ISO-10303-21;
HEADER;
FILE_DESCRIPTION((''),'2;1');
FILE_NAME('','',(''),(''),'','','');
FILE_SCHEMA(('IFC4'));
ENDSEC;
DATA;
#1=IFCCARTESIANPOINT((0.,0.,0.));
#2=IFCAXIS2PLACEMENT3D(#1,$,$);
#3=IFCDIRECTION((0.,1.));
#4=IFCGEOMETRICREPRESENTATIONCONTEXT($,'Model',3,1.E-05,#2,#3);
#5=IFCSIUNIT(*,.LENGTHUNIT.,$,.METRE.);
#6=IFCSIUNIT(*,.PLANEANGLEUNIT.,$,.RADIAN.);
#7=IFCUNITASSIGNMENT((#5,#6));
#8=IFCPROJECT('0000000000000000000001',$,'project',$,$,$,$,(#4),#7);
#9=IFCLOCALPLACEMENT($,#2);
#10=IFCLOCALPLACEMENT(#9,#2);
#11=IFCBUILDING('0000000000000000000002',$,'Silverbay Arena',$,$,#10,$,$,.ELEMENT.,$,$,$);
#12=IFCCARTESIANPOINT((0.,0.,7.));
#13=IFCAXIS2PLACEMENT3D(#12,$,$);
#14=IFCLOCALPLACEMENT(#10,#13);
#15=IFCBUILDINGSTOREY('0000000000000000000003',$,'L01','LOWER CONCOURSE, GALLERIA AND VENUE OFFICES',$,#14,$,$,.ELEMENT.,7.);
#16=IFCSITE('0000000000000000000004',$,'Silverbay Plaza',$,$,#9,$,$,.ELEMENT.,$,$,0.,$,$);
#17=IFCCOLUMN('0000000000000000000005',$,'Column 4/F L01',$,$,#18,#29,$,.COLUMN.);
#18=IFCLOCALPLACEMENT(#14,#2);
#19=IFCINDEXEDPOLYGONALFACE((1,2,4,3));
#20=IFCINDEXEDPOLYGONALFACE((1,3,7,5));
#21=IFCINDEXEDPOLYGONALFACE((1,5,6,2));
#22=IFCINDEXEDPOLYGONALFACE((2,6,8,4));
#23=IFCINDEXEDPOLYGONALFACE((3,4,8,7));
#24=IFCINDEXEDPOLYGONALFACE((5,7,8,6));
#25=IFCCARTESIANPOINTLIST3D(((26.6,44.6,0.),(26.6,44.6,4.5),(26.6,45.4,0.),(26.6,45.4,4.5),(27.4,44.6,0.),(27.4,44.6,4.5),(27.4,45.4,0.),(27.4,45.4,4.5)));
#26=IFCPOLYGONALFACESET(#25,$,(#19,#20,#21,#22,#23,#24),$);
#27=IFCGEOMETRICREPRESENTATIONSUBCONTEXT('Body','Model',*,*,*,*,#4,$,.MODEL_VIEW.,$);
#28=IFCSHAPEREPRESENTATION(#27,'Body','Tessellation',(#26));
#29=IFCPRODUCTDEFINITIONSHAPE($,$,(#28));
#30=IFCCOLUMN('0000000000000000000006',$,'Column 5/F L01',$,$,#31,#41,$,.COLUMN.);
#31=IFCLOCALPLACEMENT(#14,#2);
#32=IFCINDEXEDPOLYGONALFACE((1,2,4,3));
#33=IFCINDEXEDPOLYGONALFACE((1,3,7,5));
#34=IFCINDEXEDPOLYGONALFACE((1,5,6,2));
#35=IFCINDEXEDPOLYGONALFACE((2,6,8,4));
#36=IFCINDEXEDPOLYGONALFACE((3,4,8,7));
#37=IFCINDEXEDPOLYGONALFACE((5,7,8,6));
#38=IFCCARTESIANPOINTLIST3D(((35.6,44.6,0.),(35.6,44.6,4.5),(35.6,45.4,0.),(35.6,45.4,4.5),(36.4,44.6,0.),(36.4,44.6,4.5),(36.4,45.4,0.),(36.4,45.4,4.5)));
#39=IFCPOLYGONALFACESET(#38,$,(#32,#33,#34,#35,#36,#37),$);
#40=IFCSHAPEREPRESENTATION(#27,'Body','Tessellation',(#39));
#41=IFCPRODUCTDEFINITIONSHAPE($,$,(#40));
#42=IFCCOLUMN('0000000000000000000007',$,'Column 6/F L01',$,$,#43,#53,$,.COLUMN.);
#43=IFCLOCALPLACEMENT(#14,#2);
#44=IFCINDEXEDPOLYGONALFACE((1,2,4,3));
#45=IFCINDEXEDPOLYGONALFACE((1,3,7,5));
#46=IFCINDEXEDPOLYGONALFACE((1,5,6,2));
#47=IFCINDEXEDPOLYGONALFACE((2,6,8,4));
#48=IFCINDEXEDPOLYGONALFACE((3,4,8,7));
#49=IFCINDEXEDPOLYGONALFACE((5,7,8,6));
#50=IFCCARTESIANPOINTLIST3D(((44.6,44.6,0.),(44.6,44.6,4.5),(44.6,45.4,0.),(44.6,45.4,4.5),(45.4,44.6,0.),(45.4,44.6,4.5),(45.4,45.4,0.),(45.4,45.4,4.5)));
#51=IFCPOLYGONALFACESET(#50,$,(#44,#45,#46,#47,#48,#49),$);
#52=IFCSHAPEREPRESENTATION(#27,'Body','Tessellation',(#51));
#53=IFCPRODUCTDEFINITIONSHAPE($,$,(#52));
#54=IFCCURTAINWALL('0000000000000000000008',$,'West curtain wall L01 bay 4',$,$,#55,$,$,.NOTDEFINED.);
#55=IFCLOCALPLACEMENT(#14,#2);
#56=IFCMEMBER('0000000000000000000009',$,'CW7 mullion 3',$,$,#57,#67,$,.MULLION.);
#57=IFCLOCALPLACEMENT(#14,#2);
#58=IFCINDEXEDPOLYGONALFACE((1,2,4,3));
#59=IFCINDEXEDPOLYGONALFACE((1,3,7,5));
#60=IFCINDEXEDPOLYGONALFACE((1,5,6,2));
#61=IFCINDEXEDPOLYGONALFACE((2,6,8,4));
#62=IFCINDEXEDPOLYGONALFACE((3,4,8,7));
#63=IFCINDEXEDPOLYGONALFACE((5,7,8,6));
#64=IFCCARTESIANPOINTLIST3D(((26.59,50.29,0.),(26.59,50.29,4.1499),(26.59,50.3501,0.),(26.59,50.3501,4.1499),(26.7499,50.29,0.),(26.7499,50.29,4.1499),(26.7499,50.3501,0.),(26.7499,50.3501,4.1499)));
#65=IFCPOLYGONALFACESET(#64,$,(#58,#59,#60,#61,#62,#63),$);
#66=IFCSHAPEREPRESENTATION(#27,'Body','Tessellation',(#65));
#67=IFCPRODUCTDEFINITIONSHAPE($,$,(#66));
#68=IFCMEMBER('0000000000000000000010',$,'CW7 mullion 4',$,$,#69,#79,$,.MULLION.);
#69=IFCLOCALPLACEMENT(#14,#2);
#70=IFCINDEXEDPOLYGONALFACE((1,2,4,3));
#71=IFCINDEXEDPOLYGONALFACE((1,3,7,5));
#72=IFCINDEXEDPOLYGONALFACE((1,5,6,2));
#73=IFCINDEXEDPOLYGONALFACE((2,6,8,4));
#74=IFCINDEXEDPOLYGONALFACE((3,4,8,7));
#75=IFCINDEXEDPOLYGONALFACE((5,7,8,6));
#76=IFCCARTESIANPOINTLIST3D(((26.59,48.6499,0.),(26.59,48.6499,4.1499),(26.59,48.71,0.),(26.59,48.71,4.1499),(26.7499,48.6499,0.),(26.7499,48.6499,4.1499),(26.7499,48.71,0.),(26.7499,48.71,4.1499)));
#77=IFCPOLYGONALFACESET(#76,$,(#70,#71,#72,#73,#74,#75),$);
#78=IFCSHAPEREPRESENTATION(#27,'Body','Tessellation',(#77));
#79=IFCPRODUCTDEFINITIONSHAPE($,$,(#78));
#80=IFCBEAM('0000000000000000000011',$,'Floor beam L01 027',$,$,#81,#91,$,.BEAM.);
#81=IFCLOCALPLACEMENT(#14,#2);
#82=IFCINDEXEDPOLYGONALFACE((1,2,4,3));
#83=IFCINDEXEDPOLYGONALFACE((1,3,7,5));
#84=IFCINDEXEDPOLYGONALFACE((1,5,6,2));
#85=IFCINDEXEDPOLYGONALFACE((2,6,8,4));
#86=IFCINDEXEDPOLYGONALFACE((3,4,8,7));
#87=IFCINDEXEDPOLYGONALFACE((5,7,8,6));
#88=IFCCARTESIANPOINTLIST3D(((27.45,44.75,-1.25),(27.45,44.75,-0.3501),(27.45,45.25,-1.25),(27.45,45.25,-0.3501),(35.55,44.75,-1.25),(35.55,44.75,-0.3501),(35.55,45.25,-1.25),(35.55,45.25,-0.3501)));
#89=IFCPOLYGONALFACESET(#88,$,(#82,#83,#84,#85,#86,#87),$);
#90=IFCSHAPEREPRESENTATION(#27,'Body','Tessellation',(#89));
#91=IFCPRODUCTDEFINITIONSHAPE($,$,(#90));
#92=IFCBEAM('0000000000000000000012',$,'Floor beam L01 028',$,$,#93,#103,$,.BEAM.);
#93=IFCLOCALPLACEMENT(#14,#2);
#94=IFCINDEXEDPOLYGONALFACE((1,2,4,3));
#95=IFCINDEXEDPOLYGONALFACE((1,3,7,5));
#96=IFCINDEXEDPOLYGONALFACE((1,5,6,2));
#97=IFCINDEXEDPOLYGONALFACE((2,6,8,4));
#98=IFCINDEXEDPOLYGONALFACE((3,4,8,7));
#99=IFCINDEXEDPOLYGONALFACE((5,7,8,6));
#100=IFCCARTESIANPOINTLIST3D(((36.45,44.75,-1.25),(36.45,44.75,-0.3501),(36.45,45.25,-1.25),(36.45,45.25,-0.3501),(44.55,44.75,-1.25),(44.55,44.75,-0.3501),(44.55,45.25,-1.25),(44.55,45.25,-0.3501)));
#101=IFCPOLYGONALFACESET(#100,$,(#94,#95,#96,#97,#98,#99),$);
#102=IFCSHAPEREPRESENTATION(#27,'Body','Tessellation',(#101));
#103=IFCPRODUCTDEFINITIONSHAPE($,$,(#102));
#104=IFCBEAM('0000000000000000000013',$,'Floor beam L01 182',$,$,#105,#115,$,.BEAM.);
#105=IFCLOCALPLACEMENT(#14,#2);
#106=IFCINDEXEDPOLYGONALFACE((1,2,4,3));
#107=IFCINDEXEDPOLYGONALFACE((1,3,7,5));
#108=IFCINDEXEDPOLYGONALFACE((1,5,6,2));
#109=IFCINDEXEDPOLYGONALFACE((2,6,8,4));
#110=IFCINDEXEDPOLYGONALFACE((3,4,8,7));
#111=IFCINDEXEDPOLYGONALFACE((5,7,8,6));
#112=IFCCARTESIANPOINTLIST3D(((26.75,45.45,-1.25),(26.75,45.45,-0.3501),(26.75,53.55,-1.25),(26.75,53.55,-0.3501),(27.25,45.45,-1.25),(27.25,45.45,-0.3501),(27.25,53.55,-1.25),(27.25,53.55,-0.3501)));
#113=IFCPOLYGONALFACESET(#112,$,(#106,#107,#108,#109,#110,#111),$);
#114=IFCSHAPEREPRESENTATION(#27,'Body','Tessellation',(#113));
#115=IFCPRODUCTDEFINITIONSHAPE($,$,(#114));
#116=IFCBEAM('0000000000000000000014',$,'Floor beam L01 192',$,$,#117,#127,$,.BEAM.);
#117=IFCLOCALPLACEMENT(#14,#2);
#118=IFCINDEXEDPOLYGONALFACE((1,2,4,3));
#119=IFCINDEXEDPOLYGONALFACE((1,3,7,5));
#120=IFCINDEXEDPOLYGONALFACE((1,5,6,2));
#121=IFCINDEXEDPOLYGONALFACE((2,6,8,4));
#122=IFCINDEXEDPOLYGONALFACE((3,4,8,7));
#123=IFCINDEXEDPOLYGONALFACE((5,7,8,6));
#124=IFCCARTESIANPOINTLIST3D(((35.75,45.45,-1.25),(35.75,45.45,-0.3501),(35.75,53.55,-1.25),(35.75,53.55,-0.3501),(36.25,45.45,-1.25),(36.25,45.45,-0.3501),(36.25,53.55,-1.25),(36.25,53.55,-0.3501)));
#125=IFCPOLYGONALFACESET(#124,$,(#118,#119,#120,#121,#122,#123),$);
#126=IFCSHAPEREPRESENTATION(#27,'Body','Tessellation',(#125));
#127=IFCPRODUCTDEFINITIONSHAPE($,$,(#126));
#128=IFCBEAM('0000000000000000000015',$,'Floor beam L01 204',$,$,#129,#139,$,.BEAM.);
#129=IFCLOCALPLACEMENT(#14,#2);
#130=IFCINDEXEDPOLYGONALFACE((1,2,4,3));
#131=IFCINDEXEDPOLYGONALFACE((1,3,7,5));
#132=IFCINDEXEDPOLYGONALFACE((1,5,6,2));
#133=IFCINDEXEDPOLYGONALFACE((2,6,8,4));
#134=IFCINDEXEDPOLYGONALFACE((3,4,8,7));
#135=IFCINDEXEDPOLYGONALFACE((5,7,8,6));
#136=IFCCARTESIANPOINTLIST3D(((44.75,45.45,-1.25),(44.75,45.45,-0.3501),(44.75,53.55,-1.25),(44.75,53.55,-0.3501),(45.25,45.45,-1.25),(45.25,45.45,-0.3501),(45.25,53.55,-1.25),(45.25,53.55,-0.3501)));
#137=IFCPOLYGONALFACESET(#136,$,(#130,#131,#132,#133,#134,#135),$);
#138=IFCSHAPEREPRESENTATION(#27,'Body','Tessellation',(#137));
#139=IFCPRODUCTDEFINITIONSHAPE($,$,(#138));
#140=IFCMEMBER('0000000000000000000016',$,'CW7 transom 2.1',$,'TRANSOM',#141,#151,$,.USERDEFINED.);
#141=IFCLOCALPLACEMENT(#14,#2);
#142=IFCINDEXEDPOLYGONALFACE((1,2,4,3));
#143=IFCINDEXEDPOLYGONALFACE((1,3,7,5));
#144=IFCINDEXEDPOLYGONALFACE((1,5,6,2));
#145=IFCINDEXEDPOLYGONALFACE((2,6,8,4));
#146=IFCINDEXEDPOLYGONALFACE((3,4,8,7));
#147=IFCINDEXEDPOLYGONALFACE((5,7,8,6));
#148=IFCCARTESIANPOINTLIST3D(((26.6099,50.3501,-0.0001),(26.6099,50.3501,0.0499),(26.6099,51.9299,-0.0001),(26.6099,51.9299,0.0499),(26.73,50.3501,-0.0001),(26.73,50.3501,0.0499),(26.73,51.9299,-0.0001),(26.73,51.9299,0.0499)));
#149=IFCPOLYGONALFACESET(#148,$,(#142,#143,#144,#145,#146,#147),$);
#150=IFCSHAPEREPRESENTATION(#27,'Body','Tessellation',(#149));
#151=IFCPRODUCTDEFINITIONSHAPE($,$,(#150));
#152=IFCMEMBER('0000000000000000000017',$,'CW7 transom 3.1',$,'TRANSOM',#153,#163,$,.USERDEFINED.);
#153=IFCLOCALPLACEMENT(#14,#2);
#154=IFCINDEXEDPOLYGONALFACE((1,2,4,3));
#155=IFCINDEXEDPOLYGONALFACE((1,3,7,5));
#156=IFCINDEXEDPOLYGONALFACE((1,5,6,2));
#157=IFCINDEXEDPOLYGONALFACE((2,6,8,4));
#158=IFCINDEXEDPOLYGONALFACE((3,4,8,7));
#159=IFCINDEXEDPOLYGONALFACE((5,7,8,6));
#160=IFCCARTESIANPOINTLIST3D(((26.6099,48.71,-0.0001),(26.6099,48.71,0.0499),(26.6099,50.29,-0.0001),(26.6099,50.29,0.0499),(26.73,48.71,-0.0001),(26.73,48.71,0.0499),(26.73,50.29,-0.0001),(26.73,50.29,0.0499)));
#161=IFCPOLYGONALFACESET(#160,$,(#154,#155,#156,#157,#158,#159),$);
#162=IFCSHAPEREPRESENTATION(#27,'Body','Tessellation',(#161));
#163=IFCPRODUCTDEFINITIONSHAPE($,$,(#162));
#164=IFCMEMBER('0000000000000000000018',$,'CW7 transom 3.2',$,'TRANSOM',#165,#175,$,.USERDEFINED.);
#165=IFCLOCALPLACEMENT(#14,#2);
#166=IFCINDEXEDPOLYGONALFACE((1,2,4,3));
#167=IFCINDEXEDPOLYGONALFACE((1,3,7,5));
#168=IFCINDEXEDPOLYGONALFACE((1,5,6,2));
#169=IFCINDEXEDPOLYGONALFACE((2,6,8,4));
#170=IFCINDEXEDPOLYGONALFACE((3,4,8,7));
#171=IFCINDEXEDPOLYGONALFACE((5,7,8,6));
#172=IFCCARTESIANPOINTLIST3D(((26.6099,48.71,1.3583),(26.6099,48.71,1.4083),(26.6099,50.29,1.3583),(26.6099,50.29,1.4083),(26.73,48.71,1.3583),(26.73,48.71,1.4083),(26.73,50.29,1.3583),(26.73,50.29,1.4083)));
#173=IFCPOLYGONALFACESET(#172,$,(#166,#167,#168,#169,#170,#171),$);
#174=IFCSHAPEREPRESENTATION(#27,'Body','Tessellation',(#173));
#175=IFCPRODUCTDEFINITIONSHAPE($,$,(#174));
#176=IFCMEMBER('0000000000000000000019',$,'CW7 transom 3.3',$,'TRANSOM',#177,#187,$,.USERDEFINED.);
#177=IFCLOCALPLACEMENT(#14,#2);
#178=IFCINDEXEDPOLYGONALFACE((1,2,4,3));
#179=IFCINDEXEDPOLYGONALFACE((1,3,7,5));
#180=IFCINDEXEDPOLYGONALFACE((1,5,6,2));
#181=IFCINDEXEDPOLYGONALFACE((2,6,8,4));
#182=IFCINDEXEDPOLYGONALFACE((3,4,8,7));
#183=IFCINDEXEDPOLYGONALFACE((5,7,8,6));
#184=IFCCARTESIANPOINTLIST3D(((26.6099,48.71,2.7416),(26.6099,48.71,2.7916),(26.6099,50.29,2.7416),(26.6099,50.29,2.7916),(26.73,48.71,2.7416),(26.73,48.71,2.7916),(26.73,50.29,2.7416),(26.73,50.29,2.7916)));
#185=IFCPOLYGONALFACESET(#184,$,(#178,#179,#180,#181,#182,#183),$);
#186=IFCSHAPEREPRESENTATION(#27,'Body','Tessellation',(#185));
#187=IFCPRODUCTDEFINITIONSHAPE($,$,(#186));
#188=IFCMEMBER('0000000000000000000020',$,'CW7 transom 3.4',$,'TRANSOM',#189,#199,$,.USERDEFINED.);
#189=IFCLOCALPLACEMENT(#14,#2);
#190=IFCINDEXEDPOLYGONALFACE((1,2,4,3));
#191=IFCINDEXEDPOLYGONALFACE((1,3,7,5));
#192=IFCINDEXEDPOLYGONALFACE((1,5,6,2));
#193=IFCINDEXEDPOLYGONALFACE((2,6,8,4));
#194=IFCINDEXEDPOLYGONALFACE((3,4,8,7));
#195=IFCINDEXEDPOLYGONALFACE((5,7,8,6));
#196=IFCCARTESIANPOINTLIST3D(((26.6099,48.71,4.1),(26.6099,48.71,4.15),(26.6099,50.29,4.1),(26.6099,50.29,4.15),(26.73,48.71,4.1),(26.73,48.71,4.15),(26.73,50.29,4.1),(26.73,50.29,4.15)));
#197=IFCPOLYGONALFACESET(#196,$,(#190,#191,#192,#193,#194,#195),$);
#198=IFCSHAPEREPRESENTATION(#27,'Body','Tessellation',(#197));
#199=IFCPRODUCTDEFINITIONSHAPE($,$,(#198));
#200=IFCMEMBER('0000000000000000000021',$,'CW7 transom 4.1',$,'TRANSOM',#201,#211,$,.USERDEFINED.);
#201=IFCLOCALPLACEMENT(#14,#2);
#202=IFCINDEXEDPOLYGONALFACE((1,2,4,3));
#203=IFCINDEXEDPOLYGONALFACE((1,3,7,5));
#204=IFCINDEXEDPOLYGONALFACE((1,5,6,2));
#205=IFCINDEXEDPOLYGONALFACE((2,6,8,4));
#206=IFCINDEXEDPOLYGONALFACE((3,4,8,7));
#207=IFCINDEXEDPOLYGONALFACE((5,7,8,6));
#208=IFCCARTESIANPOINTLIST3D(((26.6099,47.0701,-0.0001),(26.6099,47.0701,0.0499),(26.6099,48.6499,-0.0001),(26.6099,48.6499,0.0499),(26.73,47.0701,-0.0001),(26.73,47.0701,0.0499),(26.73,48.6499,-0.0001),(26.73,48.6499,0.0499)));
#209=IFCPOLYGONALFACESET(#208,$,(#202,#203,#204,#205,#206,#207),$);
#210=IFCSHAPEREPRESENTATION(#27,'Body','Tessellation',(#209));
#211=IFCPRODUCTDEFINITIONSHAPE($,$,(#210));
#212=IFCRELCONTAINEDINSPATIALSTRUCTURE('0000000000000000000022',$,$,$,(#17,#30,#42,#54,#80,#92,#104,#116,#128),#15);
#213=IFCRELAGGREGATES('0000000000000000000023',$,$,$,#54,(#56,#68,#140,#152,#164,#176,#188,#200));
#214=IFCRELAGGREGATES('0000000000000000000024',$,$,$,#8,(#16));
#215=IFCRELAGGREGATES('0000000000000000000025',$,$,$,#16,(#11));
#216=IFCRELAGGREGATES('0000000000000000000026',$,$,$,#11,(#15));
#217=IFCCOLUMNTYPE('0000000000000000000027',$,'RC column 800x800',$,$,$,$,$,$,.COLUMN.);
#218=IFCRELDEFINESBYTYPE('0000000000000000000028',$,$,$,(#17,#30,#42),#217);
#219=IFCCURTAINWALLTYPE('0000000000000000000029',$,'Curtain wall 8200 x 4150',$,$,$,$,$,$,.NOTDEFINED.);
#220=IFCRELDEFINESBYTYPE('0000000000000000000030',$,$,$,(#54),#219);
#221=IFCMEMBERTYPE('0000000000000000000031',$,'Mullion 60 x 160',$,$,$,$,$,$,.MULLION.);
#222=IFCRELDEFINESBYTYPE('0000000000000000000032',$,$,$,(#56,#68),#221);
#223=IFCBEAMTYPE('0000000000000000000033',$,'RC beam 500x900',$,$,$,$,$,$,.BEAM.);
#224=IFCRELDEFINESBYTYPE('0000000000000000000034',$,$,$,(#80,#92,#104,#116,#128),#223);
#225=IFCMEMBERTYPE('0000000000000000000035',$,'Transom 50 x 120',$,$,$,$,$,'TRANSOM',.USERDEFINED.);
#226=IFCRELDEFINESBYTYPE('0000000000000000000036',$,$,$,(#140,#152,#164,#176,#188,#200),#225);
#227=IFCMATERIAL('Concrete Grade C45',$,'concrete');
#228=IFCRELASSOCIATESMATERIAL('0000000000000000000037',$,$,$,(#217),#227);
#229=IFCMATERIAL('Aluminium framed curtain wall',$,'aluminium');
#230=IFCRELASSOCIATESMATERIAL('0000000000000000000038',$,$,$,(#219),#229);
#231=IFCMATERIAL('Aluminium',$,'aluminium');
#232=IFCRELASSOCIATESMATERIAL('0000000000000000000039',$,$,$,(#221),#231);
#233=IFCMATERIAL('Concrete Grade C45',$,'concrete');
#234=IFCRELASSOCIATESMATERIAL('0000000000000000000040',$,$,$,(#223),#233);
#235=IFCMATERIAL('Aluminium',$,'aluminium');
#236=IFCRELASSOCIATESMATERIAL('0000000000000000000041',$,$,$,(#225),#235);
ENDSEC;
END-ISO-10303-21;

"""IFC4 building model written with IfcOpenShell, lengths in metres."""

from ifc_helpers import new_model, si_unit, direction, frame, origin, origin_2d, place, context, subcontext, project, spatial, rectangle, extrude, material, material_profile, profile_set, type_object, element, aggregate, save


model = new_model("IFC4")

# Units and contexts
model_context = context("Model", 3, precision=1e-05, world=origin(), true_north=direction((0.0, 1.0)))
body_context = subcontext(model_context, "Body", "Model", "MODEL_VIEW")
ifc_project = project(units=[si_unit("LENGTHUNIT", "METRE"), si_unit("PLANEANGLEUNIT", "RADIAN")], contexts=[model_context])

# Site, building, storey
site_placement = place(None, origin())
site = spatial("IfcSite", under=ifc_project, at=site_placement, Name="Silverbay Plaza", CompositionType="ELEMENT", RefElevation=0.0)
building_placement = place(site_placement, origin())
building = spatial("IfcBuilding", under=site, at=building_placement, Name="Silverbay Arena", CompositionType="ELEMENT")
storey_placement = place(building_placement, frame((0.0, 0.0, 7.0)))
storey = spatial("IfcBuildingStorey", under=building, at=storey_placement, Name="L01", Description="LOWER CONCOURSE, GALLERIA AND VENUE OFFICES", CompositionType="ELEMENT", Elevation=7.0)

# Columns
ifc_material_1 = material(Name="Concrete Grade C45", Category="concrete")
ifc_material_profile_1 = material_profile(ifc_material_1, rectangle(XDim=0.8, YDim=0.8, at=origin_2d()), Name="RC 800x800")
ifc_profile_set_1 = profile_set([ifc_material_profile_1], Name="Concrete Grade C45")
column_type = type_object("IfcColumnType", Name="RC column 800x800", PredefinedType="COLUMN", material=ifc_profile_set_1)
for number, where, z_axis, x_axis, name in (
    (1, (27.0, 45.0, 0.0), (0.0, 0.0, 1.0), (1.0, 0.0, 0.0), "Column 4/F L01"),
    (2, (36.0, 45.0, 0.0), (0.0, 0.0, 1.0), (1.0, 0.0, 0.0), "Column 5/F L01"),
    (3, (45.0, 45.0, 0.0), (0.0, 0.0, 1.0), (1.0, 0.0, 0.0), "Column 6/F L01"),
):
    element("IfcColumn", number, at=place(storey_placement, frame(where, z_axis=z_axis, x_axis=x_axis)), inside=storey, type_object=column_type, Name=name, PredefinedType="COLUMN", context=body_context, shape_type="SweptSolid", body=[
        extrude(rectangle(XDim=0.8, YDim=0.8, at=origin_2d()), origin(), (0.0, 0.0, 1.0), 4.5),
    ])

# Curtain wall, members
ifc_material_2 = material(Name="Aluminium framed curtain wall", Category="aluminium")
curtain_wall_type = type_object("IfcCurtainWallType", Name="Curtain wall 8200 x 4150", PredefinedType="NOTDEFINED", material=ifc_material_2)
curtain_wall_placement = place(storey_placement, origin())
curtain_wall = element("IfcCurtainWall", 4, at=curtain_wall_placement, inside=storey, type_object=curtain_wall_type, Name="West curtain wall L01 bay 4", PredefinedType="NOTDEFINED")
ifc_material_3 = material(Name="Aluminium", Category="aluminium")
ifc_material_profile_2 = material_profile(ifc_material_3, rectangle(XDim=0.1599, YDim=0.0601, at=origin_2d()), Name="Mullion 60 x 160")
ifc_profile_set_2 = profile_set([ifc_material_profile_2], Name="Aluminium")
member_type_1 = type_object("IfcMemberType", Name="Mullion 60 x 160", PredefinedType="MULLION", material=ifc_profile_set_2)
member_1_placement = place(storey_placement, frame((26.6699, 50.3201, 0.0), z_axis=(0.0, 0.0, 1.0), x_axis=(1.0, 0.0, 0.0)))
member_1 = element("IfcMember", 5, at=member_1_placement, type_object=member_type_1, Name="CW7 mullion 3", PredefinedType="MULLION", context=body_context, shape_type="SweptSolid", body=[
    extrude(rectangle(XDim=0.1599, YDim=0.0601, at=origin_2d()), origin(), (0.0, 0.0, 1.0), 4.1499),
])
member_2_placement = place(storey_placement, frame((26.6699, 48.6799, 0.0), z_axis=(0.0, 0.0, 1.0), x_axis=(1.0, 0.0, 0.0)))
member_2 = element("IfcMember", 6, at=member_2_placement, type_object=member_type_1, Name="CW7 mullion 4", PredefinedType="MULLION", context=body_context, shape_type="SweptSolid", body=[
    extrude(rectangle(XDim=0.1599, YDim=0.0601, at=origin_2d()), origin(), (0.0, 0.0, 1.0), 4.1499),
])

# Beams
ifc_material_4 = material(Name="Concrete Grade C45", Category="concrete")
ifc_material_profile_3 = material_profile(ifc_material_4, rectangle(XDim=0.5, YDim=0.8999, at=origin_2d()), Name="RC 500x900")
ifc_profile_set_3 = profile_set([ifc_material_profile_3], Name="Concrete Grade C45")
beam_type = type_object("IfcBeamType", Name="RC beam 500x900", PredefinedType="BEAM", material=ifc_profile_set_3)
for number, where, z_axis, x_axis, name in (
    (7, (27.45, 45.0, -0.8), (1.0, 0.0, 0.0), (0.0, 1.0, 0.0), "Floor beam L01 027"),
    (8, (36.45, 45.0, -0.8), (1.0, 0.0, 0.0), (0.0, 1.0, 0.0), "Floor beam L01 028"),
    (9, (27.0, 45.45, -0.8), (0.0, 1.0, 0.0), (-1.0, 0.0, 0.0), "Floor beam L01 182"),
    (10, (36.0, 45.45, -0.8), (0.0, 1.0, 0.0), (-1.0, 0.0, 0.0), "Floor beam L01 192"),
    (11, (45.0, 45.45, -0.8), (0.0, 1.0, 0.0), (-1.0, 0.0, 0.0), "Floor beam L01 204"),
):
    element("IfcBeam", number, at=place(storey_placement, frame(where, z_axis=z_axis, x_axis=x_axis)), inside=storey, type_object=beam_type, Name=name, PredefinedType="BEAM", context=body_context, shape_type="SweptSolid", body=[
        extrude(rectangle(XDim=0.5, YDim=0.8999, at=origin_2d()), origin(), (0.0, 0.0, 1.0), 8.1001),
    ])

# Members
ifc_material_5 = material(Name="Aluminium", Category="aluminium")
ifc_material_profile_4 = material_profile(ifc_material_5, rectangle(XDim=0.1201, YDim=0.05, at=origin_2d()), Name="Transom 50 x 120")
ifc_profile_set_4 = profile_set([ifc_material_profile_4], Name="Aluminium")
member_type_2 = type_object("IfcMemberType", Name="Transom 50 x 120", ElementType="TRANSOM", PredefinedType="USERDEFINED", material=ifc_profile_set_4)
member_3_placement = place(storey_placement, frame((26.6699, 51.9299, 0.0249), z_axis=(0.0, -1.0, 0.0), x_axis=(1.0, 0.0, 0.0)))
member_3 = element("IfcMember", 12, at=member_3_placement, type_object=member_type_2, Name="CW7 transom 2.1", ObjectType="TRANSOM", PredefinedType="USERDEFINED", context=body_context, shape_type="SweptSolid", body=[
    extrude(rectangle(XDim=0.1201, YDim=0.05, at=origin_2d()), origin(), (0.0, 0.0, 1.0), 1.5798),
])
member_4_placement = place(storey_placement, frame((26.6699, 50.29, 0.0249), z_axis=(0.0, -1.0, 0.0), x_axis=(1.0, 0.0, 0.0)))
member_4 = element("IfcMember", 13, at=member_4_placement, type_object=member_type_2, Name="CW7 transom 3.1", ObjectType="TRANSOM", PredefinedType="USERDEFINED", context=body_context, shape_type="SweptSolid", body=[
    extrude(rectangle(XDim=0.1201, YDim=0.05, at=origin_2d()), origin(), (0.0, 0.0, 1.0), 1.5801),
])
member_5_placement = place(storey_placement, frame((26.6699, 50.29, 1.3833), z_axis=(0.0, -1.0, 0.0), x_axis=(1.0, 0.0, 0.0)))
member_5 = element("IfcMember", 14, at=member_5_placement, type_object=member_type_2, Name="CW7 transom 3.2", ObjectType="TRANSOM", PredefinedType="USERDEFINED", context=body_context, shape_type="SweptSolid", body=[
    extrude(rectangle(XDim=0.1201, YDim=0.05, at=origin_2d()), origin(), (0.0, 0.0, 1.0), 1.5801),
])
member_6_placement = place(storey_placement, frame((26.6699, 50.29, 2.7666), z_axis=(0.0, -1.0, 0.0), x_axis=(1.0, 0.0, 0.0)))
member_6 = element("IfcMember", 15, at=member_6_placement, type_object=member_type_2, Name="CW7 transom 3.3", ObjectType="TRANSOM", PredefinedType="USERDEFINED", context=body_context, shape_type="SweptSolid", body=[
    extrude(rectangle(XDim=0.1201, YDim=0.05, at=origin_2d()), origin(), (0.0, 0.0, 1.0), 1.5801),
])
member_7_placement = place(storey_placement, frame((26.6699, 50.29, 4.125), z_axis=(0.0, -1.0, 0.0), x_axis=(1.0, 0.0, 0.0)))
member_7 = element("IfcMember", 16, at=member_7_placement, type_object=member_type_2, Name="CW7 transom 3.4", ObjectType="TRANSOM", PredefinedType="USERDEFINED", context=body_context, shape_type="SweptSolid", body=[
    extrude(rectangle(XDim=0.1201, YDim=0.05, at=origin_2d()), origin(), (0.0, 0.0, 1.0), 1.5801),
])
member_8_placement = place(storey_placement, frame((26.6699, 48.6499, 0.0249), z_axis=(0.0, -1.0, 0.0), x_axis=(1.0, 0.0, 0.0)))
member_8 = element("IfcMember", 17, at=member_8_placement, type_object=member_type_2, Name="CW7 transom 4.1", ObjectType="TRANSOM", PredefinedType="USERDEFINED", context=body_context, shape_type="SweptSolid", body=[
    extrude(rectangle(XDim=0.1201, YDim=0.05, at=origin_2d()), origin(), (0.0, 0.0, 1.0), 1.5798),
])

aggregate(curtain_wall, [member_1, member_2, member_3, member_4, member_5, member_6, member_7, member_8])

save(model, "model.ifc")
